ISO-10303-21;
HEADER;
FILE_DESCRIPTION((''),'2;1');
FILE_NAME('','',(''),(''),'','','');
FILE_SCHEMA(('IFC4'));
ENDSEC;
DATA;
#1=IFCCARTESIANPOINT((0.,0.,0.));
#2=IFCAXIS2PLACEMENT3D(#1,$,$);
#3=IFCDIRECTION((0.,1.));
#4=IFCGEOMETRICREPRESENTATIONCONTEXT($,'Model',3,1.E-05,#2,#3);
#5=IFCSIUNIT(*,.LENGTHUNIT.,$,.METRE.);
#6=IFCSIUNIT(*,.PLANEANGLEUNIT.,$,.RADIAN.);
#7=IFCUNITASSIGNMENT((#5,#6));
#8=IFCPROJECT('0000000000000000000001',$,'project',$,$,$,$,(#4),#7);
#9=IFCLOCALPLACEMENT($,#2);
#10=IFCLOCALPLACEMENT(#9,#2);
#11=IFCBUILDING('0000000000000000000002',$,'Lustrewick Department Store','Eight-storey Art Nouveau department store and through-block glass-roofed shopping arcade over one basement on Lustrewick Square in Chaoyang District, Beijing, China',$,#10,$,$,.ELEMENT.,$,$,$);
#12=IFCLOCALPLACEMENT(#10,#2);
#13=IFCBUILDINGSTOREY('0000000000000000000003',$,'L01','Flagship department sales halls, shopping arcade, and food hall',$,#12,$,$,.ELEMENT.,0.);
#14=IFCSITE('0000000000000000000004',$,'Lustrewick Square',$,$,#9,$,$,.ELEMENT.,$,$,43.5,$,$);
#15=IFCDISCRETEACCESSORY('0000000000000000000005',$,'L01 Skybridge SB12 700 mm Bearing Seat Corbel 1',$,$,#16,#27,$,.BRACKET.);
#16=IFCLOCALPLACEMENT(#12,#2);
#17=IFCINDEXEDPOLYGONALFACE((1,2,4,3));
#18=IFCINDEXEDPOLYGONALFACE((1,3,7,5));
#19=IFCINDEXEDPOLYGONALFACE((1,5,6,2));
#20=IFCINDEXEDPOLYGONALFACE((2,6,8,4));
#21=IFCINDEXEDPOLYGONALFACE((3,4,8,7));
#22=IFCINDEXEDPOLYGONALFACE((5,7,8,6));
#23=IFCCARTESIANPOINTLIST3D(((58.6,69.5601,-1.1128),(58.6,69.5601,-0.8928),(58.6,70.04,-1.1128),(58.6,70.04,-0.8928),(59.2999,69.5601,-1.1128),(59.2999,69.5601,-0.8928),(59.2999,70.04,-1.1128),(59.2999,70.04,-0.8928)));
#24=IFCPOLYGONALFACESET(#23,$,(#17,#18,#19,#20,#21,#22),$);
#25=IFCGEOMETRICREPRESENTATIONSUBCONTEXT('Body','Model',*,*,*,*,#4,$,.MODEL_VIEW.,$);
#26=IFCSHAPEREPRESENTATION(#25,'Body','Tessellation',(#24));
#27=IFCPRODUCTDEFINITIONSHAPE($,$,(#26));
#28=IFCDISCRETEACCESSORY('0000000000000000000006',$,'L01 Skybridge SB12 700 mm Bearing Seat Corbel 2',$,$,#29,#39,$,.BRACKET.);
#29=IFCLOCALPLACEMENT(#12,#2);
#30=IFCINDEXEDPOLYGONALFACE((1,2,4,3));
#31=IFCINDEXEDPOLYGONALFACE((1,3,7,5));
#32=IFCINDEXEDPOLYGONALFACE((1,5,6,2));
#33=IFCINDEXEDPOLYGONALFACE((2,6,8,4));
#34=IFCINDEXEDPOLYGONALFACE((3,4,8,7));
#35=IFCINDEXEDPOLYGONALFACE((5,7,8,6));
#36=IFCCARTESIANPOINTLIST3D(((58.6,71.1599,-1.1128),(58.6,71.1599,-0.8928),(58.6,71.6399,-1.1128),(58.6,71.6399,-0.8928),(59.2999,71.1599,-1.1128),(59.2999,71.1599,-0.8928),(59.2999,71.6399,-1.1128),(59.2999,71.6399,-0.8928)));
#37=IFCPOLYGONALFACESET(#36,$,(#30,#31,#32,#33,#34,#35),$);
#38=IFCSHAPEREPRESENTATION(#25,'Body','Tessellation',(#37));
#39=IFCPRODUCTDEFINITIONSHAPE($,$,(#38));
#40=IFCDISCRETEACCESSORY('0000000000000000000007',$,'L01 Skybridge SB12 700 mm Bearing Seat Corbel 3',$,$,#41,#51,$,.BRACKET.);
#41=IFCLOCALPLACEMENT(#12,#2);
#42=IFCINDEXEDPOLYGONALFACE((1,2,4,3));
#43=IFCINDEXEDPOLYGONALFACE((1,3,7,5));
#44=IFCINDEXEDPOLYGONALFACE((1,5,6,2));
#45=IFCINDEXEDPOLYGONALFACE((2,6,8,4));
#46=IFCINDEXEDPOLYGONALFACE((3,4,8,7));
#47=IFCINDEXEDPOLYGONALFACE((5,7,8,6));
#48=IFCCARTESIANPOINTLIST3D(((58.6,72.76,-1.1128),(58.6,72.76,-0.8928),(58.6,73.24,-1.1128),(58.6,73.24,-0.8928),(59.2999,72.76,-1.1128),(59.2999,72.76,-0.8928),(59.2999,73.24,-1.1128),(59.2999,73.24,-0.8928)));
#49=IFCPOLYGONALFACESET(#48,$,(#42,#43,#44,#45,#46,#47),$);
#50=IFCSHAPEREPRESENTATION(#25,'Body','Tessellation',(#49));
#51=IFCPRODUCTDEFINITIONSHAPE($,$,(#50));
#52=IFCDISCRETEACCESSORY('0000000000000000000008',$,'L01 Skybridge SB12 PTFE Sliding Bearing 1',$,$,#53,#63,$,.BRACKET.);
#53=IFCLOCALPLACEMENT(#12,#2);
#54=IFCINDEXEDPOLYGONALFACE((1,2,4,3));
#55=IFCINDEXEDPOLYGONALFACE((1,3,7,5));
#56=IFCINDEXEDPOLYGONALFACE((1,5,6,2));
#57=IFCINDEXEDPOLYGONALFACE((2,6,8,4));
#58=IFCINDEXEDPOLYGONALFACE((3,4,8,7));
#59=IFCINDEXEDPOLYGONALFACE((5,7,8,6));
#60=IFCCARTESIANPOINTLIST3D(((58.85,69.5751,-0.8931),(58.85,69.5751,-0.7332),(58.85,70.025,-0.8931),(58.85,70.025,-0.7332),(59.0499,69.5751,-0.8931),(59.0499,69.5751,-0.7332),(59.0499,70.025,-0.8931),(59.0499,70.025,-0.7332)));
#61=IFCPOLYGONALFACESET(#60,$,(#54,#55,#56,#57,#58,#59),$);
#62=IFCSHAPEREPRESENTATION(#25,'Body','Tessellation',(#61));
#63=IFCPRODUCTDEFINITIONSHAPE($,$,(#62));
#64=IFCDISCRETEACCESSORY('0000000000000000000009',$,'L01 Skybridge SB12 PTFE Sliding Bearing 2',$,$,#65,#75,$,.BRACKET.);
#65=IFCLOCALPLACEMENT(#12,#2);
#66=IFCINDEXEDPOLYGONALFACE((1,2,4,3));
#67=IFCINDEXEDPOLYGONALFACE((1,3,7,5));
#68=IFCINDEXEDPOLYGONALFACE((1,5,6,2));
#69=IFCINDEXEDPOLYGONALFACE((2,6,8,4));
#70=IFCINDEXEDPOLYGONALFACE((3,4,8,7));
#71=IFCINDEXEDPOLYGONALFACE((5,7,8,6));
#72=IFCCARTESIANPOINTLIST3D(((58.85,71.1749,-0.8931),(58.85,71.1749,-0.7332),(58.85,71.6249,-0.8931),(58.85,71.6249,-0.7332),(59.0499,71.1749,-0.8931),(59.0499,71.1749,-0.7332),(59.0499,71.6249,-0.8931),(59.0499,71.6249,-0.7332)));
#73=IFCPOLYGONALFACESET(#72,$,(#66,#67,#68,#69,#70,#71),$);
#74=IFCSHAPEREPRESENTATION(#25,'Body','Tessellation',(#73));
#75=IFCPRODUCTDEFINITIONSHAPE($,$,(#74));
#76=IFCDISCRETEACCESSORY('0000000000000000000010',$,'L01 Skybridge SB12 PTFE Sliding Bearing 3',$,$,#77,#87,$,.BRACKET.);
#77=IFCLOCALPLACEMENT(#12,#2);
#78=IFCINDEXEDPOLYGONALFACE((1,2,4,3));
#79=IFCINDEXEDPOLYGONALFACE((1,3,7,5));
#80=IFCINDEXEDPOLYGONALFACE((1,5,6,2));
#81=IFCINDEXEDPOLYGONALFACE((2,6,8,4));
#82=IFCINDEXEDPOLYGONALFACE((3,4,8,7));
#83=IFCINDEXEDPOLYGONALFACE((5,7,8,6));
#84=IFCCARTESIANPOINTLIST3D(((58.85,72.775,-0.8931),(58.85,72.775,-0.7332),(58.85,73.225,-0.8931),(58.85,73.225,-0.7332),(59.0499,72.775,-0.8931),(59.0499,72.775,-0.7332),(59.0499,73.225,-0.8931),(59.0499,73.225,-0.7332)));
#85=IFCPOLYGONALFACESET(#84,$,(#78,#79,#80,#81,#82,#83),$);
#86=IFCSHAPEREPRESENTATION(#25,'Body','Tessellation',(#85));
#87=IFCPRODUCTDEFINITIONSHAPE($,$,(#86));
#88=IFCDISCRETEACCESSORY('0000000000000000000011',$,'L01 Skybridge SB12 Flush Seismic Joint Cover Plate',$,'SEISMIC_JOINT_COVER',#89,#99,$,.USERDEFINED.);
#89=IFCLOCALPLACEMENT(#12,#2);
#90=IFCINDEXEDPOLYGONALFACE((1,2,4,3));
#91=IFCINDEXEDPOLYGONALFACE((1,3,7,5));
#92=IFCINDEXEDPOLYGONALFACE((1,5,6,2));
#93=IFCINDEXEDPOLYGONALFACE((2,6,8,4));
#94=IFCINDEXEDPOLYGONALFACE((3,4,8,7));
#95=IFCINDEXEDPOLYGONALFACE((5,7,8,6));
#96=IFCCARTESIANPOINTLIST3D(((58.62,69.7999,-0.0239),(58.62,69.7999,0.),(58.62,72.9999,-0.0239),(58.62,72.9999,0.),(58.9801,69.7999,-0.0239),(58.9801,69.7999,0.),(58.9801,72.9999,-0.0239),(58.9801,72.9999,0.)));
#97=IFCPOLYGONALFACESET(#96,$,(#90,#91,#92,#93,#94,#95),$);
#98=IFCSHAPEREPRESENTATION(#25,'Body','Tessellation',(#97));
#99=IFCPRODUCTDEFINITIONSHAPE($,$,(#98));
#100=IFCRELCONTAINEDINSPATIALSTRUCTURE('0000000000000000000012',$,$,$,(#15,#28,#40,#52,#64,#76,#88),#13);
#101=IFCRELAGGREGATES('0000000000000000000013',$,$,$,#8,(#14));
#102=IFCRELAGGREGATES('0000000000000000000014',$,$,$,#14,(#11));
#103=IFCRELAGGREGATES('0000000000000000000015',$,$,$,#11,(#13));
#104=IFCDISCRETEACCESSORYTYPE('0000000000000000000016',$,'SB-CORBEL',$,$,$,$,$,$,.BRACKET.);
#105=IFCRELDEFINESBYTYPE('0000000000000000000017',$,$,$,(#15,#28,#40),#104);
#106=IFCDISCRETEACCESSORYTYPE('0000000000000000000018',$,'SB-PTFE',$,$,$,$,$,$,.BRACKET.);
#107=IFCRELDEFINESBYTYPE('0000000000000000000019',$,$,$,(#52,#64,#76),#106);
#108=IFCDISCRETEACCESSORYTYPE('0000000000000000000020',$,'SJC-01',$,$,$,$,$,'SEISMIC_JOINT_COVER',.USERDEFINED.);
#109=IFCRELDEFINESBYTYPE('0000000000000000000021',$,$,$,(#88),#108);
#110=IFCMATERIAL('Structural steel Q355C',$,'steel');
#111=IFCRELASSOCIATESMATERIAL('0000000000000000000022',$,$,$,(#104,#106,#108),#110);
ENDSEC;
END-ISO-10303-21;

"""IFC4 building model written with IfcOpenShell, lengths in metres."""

from ifc_helpers import new_model, si_unit, direction, frame, origin, origin_2d, place, context, subcontext, project, spatial, rectangle, extrude, material, type_object, element, save


model = new_model("IFC4")

# Units and contexts
model_context = context("Model", 3, precision=1e-05, world=origin(), true_north=direction((0.0, 1.0)))
body_context = subcontext(model_context, "Body", "Model", "MODEL_VIEW")
ifc_project = project(units=[si_unit("LENGTHUNIT", "METRE"), si_unit("PLANEANGLEUNIT", "RADIAN")], contexts=[model_context])

# Site, building, storey
site_placement = place(None, origin())
site = spatial("IfcSite", under=ifc_project, at=site_placement, Name="Lustrewick Square", CompositionType="ELEMENT", RefElevation=43.5)
building_placement = place(site_placement, origin())
building = spatial("IfcBuilding", under=site, at=building_placement, Name="Lustrewick Department Store", Description="Eight-storey Art Nouveau department store and through-block glass-roofed shopping arcade over one basement on Lustrewick Square in Chaoyang District, Beijing, China", CompositionType="ELEMENT")
storey_placement = place(building_placement, origin())
storey = spatial("IfcBuildingStorey", under=building, at=storey_placement, Name="L01", Description="Flagship department sales halls, shopping arcade, and food hall", CompositionType="ELEMENT", Elevation=0.0)

# Shared definitions
ifc_material_1 = material(Name="Structural steel Q355C", Category="steel")

# Discrete accessories
discrete_accessory_type_1 = type_object("IfcDiscreteAccessoryType", Name="SB-CORBEL", PredefinedType="BRACKET", material=ifc_material_1)
for number, where, z_axis, x_axis, name in (
    (1, (58.95, 69.8, -1.1128), (0.0, 0.0, 1.0), (1.0, 0.0, 0.0), "L01 Skybridge SB12 700 mm Bearing Seat Corbel 1"),
    (2, (58.95, 71.3999, -1.1128), (0.0, 0.0, 1.0), (1.0, 0.0, 0.0), "L01 Skybridge SB12 700 mm Bearing Seat Corbel 2"),
    (3, (58.95, 73.0, -1.1128), (0.0, 0.0, 1.0), (1.0, 0.0, 0.0), "L01 Skybridge SB12 700 mm Bearing Seat Corbel 3"),
):
    element("IfcDiscreteAccessory", number, at=place(storey_placement, frame(where, z_axis=z_axis, x_axis=x_axis)), inside=storey, type_object=discrete_accessory_type_1, Name=name, PredefinedType="BRACKET", context=body_context, shape_type="SweptSolid", body=[
        extrude(rectangle(XDim=0.7, YDim=0.48, at=origin_2d()), origin(), (0.0, 0.0, 1.0), 0.22),
    ])
discrete_accessory_type_2 = type_object("IfcDiscreteAccessoryType", Name="SB-PTFE", PredefinedType="BRACKET", material=ifc_material_1)
for number, where, z_axis, x_axis, name in (
    (4, (58.95, 69.8, -0.8931), (0.0, 0.0, 1.0), (1.0, 0.0, 0.0), "L01 Skybridge SB12 PTFE Sliding Bearing 1"),
    (5, (58.95, 71.3999, -0.8931), (0.0, 0.0, 1.0), (1.0, 0.0, 0.0), "L01 Skybridge SB12 PTFE Sliding Bearing 2"),
    (6, (58.95, 73.0, -0.8931), (0.0, 0.0, 1.0), (1.0, 0.0, 0.0), "L01 Skybridge SB12 PTFE Sliding Bearing 3"),
):
    element("IfcDiscreteAccessory", number, at=place(storey_placement, frame(where, z_axis=z_axis, x_axis=x_axis)), inside=storey, type_object=discrete_accessory_type_2, Name=name, PredefinedType="BRACKET", context=body_context, shape_type="SweptSolid", body=[
        extrude(rectangle(XDim=0.2, YDim=0.45, at=origin_2d()), origin(), (0.0, 0.0, 1.0), 0.1599),
    ])
discrete_accessory_type_3 = type_object("IfcDiscreteAccessoryType", Name="SJC-01", ElementType="SEISMIC_JOINT_COVER", PredefinedType="USERDEFINED", material=ifc_material_1)
discrete_accessory_placement = place(storey_placement, frame((58.8, 71.3999, -0.0239), z_axis=(0.0, 0.0, 1.0), x_axis=(1.0, 0.0, 0.0)))
element("IfcDiscreteAccessory", 7, at=discrete_accessory_placement, inside=storey, type_object=discrete_accessory_type_3, Name="L01 Skybridge SB12 Flush Seismic Joint Cover Plate", ObjectType="SEISMIC_JOINT_COVER", PredefinedType="USERDEFINED", context=body_context, shape_type="SweptSolid", body=[
    extrude(rectangle(XDim=0.3601, YDim=3.2, at=origin_2d()), origin(), (0.0, 0.0, 1.0), 0.0239),
])

save(model, "model.ifc")
